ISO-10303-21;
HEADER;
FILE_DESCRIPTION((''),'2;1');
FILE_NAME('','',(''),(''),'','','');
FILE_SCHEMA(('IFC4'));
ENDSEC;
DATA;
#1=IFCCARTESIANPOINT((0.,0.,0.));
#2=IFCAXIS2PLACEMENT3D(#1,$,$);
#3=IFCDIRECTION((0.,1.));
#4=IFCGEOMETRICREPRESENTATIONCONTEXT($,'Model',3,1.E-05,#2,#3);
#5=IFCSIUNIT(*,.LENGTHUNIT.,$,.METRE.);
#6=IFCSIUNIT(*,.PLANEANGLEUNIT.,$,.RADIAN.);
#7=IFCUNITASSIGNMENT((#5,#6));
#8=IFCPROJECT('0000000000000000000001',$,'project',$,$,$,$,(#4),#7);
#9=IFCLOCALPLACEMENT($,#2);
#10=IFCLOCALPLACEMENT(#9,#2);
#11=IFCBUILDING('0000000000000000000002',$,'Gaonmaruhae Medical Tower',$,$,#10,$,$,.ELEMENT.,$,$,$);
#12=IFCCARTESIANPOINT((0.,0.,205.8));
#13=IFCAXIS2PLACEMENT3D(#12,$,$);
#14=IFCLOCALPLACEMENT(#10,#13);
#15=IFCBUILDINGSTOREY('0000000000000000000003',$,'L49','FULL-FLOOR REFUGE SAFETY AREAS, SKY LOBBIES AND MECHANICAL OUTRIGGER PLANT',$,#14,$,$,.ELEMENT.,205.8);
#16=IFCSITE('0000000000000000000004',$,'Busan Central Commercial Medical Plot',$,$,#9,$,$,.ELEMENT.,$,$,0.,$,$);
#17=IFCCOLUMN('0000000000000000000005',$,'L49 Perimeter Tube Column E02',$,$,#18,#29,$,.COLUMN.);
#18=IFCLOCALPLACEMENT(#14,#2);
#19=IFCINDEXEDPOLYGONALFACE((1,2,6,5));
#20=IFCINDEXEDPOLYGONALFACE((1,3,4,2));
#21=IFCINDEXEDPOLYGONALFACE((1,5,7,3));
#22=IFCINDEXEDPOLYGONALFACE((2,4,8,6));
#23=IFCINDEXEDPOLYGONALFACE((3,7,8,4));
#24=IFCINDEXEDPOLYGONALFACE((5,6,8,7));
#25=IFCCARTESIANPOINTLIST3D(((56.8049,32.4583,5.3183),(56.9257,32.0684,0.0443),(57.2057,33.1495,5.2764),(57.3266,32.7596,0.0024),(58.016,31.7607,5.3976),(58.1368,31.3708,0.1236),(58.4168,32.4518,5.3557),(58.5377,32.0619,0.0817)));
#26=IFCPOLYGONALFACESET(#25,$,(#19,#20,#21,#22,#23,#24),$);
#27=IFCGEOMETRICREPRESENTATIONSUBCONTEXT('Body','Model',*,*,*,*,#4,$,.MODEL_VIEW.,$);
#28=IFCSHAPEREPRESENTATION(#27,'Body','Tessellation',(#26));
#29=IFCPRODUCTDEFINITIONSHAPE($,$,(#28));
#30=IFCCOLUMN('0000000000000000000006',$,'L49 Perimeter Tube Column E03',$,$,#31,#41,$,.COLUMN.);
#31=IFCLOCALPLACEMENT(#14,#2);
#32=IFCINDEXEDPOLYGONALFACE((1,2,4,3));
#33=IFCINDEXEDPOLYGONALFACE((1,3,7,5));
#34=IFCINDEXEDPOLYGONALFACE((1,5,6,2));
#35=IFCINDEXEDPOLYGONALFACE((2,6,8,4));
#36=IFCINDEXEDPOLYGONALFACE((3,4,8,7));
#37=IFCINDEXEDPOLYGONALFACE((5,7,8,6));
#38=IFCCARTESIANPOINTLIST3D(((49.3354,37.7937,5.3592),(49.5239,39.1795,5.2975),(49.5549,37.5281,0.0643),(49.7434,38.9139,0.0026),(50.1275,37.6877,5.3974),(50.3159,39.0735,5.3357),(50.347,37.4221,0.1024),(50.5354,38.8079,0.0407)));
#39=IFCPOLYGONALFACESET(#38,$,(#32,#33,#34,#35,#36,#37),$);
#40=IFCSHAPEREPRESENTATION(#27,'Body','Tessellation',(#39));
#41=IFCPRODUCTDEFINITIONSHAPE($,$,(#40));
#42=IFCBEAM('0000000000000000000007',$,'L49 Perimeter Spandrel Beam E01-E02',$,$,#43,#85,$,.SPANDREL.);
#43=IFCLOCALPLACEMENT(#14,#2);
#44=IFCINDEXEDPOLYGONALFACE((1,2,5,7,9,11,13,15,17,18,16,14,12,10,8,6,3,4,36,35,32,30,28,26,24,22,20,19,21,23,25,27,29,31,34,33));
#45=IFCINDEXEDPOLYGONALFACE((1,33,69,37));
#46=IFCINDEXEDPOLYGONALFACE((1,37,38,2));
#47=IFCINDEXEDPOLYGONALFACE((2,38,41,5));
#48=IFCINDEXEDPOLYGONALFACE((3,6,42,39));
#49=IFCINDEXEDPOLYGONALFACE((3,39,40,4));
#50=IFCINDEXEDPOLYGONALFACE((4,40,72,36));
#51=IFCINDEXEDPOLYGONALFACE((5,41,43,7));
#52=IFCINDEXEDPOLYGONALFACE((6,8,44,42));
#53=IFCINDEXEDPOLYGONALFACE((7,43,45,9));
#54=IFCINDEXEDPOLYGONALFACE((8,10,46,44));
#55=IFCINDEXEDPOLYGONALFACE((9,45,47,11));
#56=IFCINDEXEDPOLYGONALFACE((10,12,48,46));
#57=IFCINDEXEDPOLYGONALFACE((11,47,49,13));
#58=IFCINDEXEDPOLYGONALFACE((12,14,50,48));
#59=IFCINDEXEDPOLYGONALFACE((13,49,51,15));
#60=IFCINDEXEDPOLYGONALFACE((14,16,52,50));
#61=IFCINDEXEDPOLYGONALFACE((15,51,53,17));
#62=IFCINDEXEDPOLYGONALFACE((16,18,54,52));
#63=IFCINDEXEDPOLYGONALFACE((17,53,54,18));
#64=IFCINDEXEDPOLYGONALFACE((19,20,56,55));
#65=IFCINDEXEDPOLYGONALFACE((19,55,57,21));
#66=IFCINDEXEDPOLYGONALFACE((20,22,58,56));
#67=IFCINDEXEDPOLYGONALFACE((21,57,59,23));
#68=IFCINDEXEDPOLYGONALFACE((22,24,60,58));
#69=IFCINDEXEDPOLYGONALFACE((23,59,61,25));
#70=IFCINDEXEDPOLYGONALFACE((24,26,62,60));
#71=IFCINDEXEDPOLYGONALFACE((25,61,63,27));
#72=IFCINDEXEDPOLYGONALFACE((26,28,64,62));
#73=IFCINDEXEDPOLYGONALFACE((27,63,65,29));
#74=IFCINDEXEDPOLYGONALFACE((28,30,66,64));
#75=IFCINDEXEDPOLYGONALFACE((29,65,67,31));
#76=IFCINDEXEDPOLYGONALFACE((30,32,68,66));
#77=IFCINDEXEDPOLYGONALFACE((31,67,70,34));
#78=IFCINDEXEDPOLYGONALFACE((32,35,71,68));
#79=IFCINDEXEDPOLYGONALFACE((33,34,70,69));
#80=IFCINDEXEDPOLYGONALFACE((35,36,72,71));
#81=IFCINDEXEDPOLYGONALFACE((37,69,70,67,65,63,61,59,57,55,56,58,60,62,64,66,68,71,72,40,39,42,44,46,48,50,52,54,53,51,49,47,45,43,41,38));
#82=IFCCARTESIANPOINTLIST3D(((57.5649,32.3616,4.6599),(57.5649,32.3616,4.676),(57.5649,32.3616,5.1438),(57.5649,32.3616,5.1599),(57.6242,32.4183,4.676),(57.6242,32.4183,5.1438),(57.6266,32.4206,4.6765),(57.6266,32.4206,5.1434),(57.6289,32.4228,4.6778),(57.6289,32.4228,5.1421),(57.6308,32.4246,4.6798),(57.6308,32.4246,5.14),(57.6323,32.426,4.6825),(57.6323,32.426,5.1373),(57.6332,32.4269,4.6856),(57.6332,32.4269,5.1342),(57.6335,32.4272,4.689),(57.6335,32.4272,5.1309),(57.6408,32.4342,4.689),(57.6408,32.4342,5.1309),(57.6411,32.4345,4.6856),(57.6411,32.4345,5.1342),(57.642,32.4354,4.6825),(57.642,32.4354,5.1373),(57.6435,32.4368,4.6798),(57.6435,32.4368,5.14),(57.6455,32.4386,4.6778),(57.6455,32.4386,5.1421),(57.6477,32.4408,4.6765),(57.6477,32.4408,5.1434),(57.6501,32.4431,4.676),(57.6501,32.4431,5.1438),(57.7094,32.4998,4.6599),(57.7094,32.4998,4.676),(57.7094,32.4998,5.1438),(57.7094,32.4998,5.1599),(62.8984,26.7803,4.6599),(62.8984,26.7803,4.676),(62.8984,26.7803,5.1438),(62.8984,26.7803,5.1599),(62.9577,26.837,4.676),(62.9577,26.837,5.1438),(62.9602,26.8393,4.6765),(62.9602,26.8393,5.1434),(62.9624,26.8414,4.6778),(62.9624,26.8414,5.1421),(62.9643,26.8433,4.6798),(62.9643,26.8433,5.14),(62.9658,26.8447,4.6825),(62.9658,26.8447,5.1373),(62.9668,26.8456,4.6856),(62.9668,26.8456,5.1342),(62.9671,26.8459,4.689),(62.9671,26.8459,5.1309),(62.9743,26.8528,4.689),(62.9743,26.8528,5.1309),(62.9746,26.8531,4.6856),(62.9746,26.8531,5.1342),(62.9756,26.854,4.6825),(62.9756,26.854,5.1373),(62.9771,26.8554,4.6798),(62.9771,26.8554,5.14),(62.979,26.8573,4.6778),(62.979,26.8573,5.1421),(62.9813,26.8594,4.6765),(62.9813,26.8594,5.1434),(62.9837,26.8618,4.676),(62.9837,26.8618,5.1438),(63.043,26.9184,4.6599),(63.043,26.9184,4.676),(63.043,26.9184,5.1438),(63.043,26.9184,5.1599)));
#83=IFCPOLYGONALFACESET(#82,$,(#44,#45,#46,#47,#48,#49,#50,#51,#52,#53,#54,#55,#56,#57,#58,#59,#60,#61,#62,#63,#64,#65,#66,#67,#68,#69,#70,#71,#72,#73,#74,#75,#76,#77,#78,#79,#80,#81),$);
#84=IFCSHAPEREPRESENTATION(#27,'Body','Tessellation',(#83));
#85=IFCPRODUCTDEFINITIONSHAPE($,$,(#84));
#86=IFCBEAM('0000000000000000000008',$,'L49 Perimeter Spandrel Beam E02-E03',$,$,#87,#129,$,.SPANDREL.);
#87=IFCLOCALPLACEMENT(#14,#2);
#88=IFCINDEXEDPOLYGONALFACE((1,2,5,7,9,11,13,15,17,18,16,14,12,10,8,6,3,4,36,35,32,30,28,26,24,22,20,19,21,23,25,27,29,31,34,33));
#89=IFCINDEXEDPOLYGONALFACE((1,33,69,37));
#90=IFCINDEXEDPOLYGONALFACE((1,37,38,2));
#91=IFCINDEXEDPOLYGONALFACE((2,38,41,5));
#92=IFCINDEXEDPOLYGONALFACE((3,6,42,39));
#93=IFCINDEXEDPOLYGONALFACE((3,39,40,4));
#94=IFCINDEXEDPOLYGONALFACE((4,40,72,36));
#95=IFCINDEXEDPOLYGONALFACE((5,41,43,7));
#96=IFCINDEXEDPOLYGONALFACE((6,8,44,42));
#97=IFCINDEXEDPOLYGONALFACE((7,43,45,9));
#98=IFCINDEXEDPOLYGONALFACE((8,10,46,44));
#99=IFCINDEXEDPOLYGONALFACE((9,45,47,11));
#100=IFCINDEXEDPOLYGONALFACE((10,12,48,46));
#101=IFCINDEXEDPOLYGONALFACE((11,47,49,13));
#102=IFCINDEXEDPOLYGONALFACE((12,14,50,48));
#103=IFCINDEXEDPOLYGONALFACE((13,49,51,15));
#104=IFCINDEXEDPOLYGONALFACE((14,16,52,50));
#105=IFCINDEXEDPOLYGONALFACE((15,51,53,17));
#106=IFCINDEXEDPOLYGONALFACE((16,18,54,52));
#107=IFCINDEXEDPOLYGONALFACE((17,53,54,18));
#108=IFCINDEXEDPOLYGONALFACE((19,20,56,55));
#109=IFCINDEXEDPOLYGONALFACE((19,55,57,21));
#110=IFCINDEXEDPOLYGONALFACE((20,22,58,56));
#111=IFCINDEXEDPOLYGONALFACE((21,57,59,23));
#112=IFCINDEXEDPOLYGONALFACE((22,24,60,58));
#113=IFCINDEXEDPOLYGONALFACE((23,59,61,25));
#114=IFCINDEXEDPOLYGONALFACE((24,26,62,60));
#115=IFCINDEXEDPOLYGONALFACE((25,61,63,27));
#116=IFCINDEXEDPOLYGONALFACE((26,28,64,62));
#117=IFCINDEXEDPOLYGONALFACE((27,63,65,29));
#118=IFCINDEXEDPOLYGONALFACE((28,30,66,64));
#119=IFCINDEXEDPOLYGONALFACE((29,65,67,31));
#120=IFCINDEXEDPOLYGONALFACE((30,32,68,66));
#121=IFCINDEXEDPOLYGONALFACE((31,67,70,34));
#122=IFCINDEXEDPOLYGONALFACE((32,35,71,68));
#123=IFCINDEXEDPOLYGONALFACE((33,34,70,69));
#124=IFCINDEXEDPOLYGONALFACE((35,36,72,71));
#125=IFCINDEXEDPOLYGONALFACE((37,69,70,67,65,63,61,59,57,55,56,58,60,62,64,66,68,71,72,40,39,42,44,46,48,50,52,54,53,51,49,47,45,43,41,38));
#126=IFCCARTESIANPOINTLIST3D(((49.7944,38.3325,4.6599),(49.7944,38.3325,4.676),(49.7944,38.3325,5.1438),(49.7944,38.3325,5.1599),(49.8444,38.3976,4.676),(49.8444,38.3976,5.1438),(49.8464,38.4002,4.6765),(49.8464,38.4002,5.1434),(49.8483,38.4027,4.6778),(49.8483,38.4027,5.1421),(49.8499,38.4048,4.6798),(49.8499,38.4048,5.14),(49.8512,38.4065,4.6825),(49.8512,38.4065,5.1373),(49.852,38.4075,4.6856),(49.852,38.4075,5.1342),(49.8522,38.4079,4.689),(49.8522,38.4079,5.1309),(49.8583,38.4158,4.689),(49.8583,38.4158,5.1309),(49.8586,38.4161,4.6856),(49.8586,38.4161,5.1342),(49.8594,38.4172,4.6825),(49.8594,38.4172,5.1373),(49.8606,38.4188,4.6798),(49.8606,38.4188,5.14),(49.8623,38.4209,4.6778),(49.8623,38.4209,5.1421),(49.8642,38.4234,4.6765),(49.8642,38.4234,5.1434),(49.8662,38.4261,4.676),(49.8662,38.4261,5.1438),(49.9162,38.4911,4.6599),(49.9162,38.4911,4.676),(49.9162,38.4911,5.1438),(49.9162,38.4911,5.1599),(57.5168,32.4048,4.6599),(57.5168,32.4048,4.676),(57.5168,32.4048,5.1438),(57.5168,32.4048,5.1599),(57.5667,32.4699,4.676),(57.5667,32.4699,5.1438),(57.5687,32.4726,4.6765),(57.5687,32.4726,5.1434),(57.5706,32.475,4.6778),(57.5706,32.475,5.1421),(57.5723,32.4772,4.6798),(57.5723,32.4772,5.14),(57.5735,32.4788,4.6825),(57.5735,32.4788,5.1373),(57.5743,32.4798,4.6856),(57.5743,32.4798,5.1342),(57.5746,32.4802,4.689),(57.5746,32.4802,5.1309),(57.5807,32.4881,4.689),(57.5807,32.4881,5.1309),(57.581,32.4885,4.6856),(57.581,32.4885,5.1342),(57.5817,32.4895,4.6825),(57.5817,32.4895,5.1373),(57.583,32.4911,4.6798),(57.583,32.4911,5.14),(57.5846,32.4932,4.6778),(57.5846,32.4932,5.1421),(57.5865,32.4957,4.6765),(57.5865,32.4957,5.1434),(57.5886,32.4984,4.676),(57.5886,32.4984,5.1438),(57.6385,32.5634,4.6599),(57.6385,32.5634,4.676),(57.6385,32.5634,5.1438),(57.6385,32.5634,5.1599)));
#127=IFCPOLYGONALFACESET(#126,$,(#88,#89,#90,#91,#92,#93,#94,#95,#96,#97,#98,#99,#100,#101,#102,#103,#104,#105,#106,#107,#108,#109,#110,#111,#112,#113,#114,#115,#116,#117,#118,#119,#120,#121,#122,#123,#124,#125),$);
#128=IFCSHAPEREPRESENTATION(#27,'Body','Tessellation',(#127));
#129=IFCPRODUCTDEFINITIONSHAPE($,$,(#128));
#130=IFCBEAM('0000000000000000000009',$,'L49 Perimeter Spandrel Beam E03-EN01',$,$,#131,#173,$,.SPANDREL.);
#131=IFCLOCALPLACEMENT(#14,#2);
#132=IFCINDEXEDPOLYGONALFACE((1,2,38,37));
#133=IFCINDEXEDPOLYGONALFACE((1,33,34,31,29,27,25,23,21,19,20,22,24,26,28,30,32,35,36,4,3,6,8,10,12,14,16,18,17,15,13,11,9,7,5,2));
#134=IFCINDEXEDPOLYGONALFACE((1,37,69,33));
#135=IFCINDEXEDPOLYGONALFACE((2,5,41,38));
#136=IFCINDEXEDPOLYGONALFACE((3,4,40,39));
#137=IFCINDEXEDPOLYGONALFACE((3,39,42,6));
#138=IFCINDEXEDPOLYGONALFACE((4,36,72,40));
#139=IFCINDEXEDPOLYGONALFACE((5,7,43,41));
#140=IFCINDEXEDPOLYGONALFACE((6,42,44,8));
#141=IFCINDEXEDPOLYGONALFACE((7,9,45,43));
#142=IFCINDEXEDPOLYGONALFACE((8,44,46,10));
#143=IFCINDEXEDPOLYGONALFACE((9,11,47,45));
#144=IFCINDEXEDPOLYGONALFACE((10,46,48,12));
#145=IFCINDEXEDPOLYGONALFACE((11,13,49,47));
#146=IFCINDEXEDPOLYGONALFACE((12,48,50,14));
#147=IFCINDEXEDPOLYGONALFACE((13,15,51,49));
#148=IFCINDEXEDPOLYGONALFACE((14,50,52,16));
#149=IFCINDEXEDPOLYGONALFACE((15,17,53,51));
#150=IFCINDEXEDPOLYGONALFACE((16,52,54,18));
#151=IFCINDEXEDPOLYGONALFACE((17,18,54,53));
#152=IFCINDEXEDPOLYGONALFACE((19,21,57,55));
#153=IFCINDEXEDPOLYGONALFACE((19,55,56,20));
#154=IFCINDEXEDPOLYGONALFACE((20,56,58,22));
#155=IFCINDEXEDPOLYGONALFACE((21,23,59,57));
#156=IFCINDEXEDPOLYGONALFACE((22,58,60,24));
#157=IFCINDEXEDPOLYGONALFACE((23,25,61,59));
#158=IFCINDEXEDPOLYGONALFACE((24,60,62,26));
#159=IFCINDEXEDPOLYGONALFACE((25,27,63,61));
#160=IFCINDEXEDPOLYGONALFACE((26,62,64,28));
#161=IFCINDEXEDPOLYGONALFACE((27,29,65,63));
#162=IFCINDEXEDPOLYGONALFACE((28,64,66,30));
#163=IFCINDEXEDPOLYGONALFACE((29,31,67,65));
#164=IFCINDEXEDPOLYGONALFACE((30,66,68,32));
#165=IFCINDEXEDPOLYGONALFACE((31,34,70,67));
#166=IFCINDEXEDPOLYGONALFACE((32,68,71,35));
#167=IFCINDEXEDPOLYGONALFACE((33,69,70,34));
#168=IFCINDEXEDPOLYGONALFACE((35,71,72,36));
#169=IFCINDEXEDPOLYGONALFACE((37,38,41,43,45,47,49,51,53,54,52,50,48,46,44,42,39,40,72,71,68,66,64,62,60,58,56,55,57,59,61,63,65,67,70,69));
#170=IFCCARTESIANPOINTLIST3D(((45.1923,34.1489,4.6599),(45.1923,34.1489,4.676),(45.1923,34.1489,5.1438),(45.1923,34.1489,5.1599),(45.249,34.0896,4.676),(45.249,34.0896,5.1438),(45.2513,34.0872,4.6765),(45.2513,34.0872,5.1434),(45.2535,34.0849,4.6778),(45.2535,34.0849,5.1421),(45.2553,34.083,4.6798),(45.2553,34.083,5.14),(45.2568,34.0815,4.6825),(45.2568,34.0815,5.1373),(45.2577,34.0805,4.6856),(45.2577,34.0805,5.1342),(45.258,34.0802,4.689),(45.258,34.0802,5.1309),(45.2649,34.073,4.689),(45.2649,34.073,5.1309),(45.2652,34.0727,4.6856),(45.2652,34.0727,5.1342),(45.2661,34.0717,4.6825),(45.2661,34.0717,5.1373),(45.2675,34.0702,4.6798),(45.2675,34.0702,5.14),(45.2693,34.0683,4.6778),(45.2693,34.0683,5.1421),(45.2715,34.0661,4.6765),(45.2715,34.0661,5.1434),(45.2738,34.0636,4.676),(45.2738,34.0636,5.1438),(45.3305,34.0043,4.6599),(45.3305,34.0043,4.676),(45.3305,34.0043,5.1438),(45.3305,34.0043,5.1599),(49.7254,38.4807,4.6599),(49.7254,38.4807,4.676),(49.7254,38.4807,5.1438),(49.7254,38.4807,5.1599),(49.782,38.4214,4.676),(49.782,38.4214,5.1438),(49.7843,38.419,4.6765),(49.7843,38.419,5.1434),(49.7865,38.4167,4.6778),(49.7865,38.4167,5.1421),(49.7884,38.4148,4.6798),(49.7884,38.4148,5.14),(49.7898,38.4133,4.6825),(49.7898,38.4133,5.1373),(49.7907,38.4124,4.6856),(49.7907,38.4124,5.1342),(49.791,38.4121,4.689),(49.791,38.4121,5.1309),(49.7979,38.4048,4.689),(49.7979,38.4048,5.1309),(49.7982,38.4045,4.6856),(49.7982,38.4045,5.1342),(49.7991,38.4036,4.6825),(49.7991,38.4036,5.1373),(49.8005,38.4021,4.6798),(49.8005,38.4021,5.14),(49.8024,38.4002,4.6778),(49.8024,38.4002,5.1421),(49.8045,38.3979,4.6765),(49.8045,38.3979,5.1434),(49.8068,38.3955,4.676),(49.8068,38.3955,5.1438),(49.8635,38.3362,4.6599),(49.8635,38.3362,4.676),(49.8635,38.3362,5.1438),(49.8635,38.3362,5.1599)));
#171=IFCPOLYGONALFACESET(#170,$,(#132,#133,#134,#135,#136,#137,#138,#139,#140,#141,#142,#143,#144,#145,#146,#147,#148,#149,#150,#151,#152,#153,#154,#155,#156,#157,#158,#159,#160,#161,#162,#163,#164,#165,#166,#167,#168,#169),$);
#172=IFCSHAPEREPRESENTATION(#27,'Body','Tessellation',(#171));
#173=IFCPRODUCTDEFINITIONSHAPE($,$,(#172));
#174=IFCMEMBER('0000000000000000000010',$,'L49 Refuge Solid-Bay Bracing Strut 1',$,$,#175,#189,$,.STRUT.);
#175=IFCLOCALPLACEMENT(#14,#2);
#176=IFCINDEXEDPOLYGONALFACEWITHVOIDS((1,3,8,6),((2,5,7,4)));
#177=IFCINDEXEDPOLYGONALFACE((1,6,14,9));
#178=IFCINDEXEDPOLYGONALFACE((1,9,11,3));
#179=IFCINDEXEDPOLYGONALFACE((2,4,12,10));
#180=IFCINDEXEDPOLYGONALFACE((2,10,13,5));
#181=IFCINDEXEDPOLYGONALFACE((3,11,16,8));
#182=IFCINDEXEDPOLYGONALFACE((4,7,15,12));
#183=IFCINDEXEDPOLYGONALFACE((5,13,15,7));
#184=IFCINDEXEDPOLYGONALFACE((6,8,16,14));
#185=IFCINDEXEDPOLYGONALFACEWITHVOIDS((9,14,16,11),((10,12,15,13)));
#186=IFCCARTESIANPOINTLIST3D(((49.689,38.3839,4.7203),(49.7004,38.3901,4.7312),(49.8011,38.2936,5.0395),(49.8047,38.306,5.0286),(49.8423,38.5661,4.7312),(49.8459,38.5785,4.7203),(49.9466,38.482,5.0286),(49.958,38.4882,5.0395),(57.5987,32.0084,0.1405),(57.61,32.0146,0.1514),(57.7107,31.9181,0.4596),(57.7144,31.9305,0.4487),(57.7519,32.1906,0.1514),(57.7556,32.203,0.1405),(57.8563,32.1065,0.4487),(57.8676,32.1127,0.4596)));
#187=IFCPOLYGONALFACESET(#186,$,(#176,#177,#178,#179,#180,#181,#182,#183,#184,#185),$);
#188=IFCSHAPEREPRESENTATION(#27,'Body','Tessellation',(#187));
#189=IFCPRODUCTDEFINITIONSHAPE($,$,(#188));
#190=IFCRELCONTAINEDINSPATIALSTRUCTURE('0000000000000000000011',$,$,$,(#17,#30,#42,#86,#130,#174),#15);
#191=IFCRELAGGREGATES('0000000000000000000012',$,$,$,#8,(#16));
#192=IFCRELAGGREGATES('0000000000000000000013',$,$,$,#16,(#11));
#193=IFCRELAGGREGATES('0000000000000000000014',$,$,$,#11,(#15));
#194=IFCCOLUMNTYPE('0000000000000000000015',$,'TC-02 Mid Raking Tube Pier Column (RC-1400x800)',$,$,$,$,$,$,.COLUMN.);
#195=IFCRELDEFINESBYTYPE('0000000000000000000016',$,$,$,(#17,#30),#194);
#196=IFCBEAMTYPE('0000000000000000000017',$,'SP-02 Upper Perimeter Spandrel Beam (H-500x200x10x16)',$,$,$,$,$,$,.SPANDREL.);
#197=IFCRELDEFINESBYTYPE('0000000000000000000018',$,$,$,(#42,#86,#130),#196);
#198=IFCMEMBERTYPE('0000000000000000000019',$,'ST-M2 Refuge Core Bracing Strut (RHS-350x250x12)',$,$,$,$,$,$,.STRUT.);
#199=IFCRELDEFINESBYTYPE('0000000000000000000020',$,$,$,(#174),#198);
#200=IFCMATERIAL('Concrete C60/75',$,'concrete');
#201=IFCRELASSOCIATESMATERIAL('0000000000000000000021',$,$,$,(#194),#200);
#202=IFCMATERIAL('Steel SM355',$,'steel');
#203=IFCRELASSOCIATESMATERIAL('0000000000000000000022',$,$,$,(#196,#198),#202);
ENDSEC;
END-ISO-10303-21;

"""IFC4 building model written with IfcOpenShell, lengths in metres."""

from ifc_helpers import new_model, si_unit, direction, frame, origin, origin_2d, place, context, subcontext, project, spatial, rectangle, hollow_rectangle, i_section, extrude, material, material_profile, profile_set, type_object, element, save


model = new_model("IFC4")

# Units and contexts
model_context = context("Model", 3, precision=1e-05, world=origin(), true_north=direction((0.0, 1.0)))
body_context = subcontext(model_context, "Body", "Model", "MODEL_VIEW")
ifc_project = project(units=[si_unit("LENGTHUNIT", "METRE"), si_unit("PLANEANGLEUNIT", "RADIAN")], contexts=[model_context])

# Site, building, storey
site_placement = place(None, origin())
site = spatial("IfcSite", under=ifc_project, at=site_placement, Name="Busan Central Commercial Medical Plot", CompositionType="ELEMENT", RefElevation=0.0)
building_placement = place(site_placement, origin())
building = spatial("IfcBuilding", under=site, at=building_placement, Name="Gaonmaruhae Medical Tower", CompositionType="ELEMENT")
storey_placement = place(building_placement, frame((0.0, 0.0, 205.8)))
storey = spatial("IfcBuildingStorey", under=building, at=storey_placement, Name="L49", Description="FULL-FLOOR REFUGE SAFETY AREAS, SKY LOBBIES AND MECHANICAL OUTRIGGER PLANT", CompositionType="ELEMENT", Elevation=205.8)

# Columns
ifc_material_1 = material(Name="Concrete C60/75", Category="concrete")
ifc_material_profile_1 = material_profile(ifc_material_1, rectangle(XDim=1.3999, YDim=0.8, at=origin_2d()), Name="RC-1400x800")
ifc_profile_set_1 = profile_set([ifc_material_profile_1], Name="Concrete C60/75")
column_type = type_object("IfcColumnType", Name="TC-02 Mid Raking Tube Pier Column (RC-1400x800)", PredefinedType="COLUMN", material=ifc_profile_set_1)
column_1_placement = place(storey_placement, frame((57.7317, 32.0652, 0.063), z_axis=(-0.022846, 0.073708, 0.997018), x_axis=(0.865125, -0.498345, 0.056666)))
element("IfcColumn", 1, at=column_1_placement, inside=storey, type_object=column_type, Name="L49 Perimeter Tube Column E02", PredefinedType="COLUMN", context=body_context, shape_type="SweptSolid", body=[
    extrude(rectangle(XDim=1.3999, YDim=0.8, at=origin_2d()), origin(), (0.0, 0.0, 1.0), 5.2898),
])
column_2_placement = place(storey_placement, frame((50.0452, 38.168, 0.0525), z_axis=(-0.041364, 0.05006, 0.997889), x_axis=(-0.134614, -0.989917, 0.04408)))
element("IfcColumn", 2, at=column_2_placement, inside=storey, type_object=column_type, Name="L49 Perimeter Tube Column E03", PredefinedType="COLUMN", context=body_context, shape_type="SweptSolid", body=[
    extrude(rectangle(XDim=1.3999, YDim=0.8, at=origin_2d()), origin(), (0.0, 0.0, 1.0), 5.3062),
])

# Beams
ifc_material_2 = material(Name="Steel SM355", Category="steel")
ifc_material_profile_2 = material_profile(ifc_material_2, i_section(OverallWidth=0.2, OverallDepth=0.5, WebThickness=0.01, FlangeThickness=0.0161, FilletRadius=0.0129, at=origin_2d()), Name="H-500x200x10x16")
ifc_profile_set_2 = profile_set([ifc_material_profile_2], Name="Steel SM355")
beam_type = type_object("IfcBeamType", Name="SP-02 Upper Perimeter Spandrel Beam (H-500x200x10x16)", PredefinedType="SPANDREL", material=ifc_profile_set_2)
beam_1_placement = place(storey_placement, frame((62.9707, 26.8494, 4.9099), z_axis=(-0.690875, 0.722974, 0.0), x_axis=(-0.722974, -0.690875, 0.0)))
element("IfcBeam", 3, at=beam_1_placement, inside=storey, type_object=beam_type, Name="L49 Perimeter Spandrel Beam E01-E02", PredefinedType="SPANDREL", context=body_context, shape_type="SweptSolid", body=[
    extrude(i_section(OverallWidth=0.2, OverallDepth=0.5, WebThickness=0.01, FlangeThickness=0.0161, FilletRadius=0.0129, at=origin_2d()), origin(), (0.0, 0.0, 1.0), 7.72),
])
beam_2_placement = place(storey_placement, frame((57.5776, 32.4841, 4.9099), z_axis=(-0.793248, 0.608898, 0.0), x_axis=(-0.608898, -0.793248, 0.0)))
element("IfcBeam", 4, at=beam_2_placement, inside=storey, type_object=beam_type, Name="L49 Perimeter Spandrel Beam E02-E03", PredefinedType="SPANDREL", context=body_context, shape_type="SweptSolid", body=[
    extrude(i_section(OverallWidth=0.2, OverallDepth=0.5, WebThickness=0.01, FlangeThickness=0.0161, FilletRadius=0.0129, at=origin_2d()), origin(), (0.0, 0.0, 1.0), 9.7351),
])
beam_3_placement = place(storey_placement, frame((49.7944, 38.4084, 4.9099), z_axis=(-0.722967, -0.690882, 0.0), x_axis=(0.690882, -0.722967, 0.0)))
element("IfcBeam", 5, at=beam_3_placement, inside=storey, type_object=beam_type, Name="L49 Perimeter Spandrel Beam E03-EN01", PredefinedType="SPANDREL", context=body_context, shape_type="SweptSolid", body=[
    extrude(i_section(OverallWidth=0.2, OverallDepth=0.5, WebThickness=0.01, FlangeThickness=0.0161, FilletRadius=0.0129, at=origin_2d()), origin(), (0.0, 0.0, 1.0), 6.27),
])

# Member
ifc_material_profile_3 = material_profile(ifc_material_2, hollow_rectangle(XDim=0.25, YDim=0.3501, WallThickness=0.012, at=origin_2d()), Name="RHS-350x250x12")
ifc_profile_set_3 = profile_set([ifc_material_profile_3], Name="Steel SM355")
member_type = type_object("IfcMemberType", Name="ST-M2 Refuge Core Bracing Strut (RHS-350x250x12)", PredefinedType="STRUT", material=ifc_profile_set_3)
member_placement = place(storey_placement, frame((57.7332, 32.0605, 0.3), z_axis=(-0.709781, 0.57211, 0.410975), x_axis=(-0.627557, -0.778571, 0.0)))
element("IfcMember", 6, at=member_placement, inside=storey, type_object=member_type, Name="L49 Refuge Solid-Bay Bracing Strut 1", PredefinedType="STRUT", context=body_context, shape_type="SweptSolid", body=[
    extrude(hollow_rectangle(XDim=0.25, YDim=0.3501, WallThickness=0.012, at=origin_2d()), origin(), (0.0, 0.0, 1.0), 11.1438),
])

save(model, "model.ifc")
